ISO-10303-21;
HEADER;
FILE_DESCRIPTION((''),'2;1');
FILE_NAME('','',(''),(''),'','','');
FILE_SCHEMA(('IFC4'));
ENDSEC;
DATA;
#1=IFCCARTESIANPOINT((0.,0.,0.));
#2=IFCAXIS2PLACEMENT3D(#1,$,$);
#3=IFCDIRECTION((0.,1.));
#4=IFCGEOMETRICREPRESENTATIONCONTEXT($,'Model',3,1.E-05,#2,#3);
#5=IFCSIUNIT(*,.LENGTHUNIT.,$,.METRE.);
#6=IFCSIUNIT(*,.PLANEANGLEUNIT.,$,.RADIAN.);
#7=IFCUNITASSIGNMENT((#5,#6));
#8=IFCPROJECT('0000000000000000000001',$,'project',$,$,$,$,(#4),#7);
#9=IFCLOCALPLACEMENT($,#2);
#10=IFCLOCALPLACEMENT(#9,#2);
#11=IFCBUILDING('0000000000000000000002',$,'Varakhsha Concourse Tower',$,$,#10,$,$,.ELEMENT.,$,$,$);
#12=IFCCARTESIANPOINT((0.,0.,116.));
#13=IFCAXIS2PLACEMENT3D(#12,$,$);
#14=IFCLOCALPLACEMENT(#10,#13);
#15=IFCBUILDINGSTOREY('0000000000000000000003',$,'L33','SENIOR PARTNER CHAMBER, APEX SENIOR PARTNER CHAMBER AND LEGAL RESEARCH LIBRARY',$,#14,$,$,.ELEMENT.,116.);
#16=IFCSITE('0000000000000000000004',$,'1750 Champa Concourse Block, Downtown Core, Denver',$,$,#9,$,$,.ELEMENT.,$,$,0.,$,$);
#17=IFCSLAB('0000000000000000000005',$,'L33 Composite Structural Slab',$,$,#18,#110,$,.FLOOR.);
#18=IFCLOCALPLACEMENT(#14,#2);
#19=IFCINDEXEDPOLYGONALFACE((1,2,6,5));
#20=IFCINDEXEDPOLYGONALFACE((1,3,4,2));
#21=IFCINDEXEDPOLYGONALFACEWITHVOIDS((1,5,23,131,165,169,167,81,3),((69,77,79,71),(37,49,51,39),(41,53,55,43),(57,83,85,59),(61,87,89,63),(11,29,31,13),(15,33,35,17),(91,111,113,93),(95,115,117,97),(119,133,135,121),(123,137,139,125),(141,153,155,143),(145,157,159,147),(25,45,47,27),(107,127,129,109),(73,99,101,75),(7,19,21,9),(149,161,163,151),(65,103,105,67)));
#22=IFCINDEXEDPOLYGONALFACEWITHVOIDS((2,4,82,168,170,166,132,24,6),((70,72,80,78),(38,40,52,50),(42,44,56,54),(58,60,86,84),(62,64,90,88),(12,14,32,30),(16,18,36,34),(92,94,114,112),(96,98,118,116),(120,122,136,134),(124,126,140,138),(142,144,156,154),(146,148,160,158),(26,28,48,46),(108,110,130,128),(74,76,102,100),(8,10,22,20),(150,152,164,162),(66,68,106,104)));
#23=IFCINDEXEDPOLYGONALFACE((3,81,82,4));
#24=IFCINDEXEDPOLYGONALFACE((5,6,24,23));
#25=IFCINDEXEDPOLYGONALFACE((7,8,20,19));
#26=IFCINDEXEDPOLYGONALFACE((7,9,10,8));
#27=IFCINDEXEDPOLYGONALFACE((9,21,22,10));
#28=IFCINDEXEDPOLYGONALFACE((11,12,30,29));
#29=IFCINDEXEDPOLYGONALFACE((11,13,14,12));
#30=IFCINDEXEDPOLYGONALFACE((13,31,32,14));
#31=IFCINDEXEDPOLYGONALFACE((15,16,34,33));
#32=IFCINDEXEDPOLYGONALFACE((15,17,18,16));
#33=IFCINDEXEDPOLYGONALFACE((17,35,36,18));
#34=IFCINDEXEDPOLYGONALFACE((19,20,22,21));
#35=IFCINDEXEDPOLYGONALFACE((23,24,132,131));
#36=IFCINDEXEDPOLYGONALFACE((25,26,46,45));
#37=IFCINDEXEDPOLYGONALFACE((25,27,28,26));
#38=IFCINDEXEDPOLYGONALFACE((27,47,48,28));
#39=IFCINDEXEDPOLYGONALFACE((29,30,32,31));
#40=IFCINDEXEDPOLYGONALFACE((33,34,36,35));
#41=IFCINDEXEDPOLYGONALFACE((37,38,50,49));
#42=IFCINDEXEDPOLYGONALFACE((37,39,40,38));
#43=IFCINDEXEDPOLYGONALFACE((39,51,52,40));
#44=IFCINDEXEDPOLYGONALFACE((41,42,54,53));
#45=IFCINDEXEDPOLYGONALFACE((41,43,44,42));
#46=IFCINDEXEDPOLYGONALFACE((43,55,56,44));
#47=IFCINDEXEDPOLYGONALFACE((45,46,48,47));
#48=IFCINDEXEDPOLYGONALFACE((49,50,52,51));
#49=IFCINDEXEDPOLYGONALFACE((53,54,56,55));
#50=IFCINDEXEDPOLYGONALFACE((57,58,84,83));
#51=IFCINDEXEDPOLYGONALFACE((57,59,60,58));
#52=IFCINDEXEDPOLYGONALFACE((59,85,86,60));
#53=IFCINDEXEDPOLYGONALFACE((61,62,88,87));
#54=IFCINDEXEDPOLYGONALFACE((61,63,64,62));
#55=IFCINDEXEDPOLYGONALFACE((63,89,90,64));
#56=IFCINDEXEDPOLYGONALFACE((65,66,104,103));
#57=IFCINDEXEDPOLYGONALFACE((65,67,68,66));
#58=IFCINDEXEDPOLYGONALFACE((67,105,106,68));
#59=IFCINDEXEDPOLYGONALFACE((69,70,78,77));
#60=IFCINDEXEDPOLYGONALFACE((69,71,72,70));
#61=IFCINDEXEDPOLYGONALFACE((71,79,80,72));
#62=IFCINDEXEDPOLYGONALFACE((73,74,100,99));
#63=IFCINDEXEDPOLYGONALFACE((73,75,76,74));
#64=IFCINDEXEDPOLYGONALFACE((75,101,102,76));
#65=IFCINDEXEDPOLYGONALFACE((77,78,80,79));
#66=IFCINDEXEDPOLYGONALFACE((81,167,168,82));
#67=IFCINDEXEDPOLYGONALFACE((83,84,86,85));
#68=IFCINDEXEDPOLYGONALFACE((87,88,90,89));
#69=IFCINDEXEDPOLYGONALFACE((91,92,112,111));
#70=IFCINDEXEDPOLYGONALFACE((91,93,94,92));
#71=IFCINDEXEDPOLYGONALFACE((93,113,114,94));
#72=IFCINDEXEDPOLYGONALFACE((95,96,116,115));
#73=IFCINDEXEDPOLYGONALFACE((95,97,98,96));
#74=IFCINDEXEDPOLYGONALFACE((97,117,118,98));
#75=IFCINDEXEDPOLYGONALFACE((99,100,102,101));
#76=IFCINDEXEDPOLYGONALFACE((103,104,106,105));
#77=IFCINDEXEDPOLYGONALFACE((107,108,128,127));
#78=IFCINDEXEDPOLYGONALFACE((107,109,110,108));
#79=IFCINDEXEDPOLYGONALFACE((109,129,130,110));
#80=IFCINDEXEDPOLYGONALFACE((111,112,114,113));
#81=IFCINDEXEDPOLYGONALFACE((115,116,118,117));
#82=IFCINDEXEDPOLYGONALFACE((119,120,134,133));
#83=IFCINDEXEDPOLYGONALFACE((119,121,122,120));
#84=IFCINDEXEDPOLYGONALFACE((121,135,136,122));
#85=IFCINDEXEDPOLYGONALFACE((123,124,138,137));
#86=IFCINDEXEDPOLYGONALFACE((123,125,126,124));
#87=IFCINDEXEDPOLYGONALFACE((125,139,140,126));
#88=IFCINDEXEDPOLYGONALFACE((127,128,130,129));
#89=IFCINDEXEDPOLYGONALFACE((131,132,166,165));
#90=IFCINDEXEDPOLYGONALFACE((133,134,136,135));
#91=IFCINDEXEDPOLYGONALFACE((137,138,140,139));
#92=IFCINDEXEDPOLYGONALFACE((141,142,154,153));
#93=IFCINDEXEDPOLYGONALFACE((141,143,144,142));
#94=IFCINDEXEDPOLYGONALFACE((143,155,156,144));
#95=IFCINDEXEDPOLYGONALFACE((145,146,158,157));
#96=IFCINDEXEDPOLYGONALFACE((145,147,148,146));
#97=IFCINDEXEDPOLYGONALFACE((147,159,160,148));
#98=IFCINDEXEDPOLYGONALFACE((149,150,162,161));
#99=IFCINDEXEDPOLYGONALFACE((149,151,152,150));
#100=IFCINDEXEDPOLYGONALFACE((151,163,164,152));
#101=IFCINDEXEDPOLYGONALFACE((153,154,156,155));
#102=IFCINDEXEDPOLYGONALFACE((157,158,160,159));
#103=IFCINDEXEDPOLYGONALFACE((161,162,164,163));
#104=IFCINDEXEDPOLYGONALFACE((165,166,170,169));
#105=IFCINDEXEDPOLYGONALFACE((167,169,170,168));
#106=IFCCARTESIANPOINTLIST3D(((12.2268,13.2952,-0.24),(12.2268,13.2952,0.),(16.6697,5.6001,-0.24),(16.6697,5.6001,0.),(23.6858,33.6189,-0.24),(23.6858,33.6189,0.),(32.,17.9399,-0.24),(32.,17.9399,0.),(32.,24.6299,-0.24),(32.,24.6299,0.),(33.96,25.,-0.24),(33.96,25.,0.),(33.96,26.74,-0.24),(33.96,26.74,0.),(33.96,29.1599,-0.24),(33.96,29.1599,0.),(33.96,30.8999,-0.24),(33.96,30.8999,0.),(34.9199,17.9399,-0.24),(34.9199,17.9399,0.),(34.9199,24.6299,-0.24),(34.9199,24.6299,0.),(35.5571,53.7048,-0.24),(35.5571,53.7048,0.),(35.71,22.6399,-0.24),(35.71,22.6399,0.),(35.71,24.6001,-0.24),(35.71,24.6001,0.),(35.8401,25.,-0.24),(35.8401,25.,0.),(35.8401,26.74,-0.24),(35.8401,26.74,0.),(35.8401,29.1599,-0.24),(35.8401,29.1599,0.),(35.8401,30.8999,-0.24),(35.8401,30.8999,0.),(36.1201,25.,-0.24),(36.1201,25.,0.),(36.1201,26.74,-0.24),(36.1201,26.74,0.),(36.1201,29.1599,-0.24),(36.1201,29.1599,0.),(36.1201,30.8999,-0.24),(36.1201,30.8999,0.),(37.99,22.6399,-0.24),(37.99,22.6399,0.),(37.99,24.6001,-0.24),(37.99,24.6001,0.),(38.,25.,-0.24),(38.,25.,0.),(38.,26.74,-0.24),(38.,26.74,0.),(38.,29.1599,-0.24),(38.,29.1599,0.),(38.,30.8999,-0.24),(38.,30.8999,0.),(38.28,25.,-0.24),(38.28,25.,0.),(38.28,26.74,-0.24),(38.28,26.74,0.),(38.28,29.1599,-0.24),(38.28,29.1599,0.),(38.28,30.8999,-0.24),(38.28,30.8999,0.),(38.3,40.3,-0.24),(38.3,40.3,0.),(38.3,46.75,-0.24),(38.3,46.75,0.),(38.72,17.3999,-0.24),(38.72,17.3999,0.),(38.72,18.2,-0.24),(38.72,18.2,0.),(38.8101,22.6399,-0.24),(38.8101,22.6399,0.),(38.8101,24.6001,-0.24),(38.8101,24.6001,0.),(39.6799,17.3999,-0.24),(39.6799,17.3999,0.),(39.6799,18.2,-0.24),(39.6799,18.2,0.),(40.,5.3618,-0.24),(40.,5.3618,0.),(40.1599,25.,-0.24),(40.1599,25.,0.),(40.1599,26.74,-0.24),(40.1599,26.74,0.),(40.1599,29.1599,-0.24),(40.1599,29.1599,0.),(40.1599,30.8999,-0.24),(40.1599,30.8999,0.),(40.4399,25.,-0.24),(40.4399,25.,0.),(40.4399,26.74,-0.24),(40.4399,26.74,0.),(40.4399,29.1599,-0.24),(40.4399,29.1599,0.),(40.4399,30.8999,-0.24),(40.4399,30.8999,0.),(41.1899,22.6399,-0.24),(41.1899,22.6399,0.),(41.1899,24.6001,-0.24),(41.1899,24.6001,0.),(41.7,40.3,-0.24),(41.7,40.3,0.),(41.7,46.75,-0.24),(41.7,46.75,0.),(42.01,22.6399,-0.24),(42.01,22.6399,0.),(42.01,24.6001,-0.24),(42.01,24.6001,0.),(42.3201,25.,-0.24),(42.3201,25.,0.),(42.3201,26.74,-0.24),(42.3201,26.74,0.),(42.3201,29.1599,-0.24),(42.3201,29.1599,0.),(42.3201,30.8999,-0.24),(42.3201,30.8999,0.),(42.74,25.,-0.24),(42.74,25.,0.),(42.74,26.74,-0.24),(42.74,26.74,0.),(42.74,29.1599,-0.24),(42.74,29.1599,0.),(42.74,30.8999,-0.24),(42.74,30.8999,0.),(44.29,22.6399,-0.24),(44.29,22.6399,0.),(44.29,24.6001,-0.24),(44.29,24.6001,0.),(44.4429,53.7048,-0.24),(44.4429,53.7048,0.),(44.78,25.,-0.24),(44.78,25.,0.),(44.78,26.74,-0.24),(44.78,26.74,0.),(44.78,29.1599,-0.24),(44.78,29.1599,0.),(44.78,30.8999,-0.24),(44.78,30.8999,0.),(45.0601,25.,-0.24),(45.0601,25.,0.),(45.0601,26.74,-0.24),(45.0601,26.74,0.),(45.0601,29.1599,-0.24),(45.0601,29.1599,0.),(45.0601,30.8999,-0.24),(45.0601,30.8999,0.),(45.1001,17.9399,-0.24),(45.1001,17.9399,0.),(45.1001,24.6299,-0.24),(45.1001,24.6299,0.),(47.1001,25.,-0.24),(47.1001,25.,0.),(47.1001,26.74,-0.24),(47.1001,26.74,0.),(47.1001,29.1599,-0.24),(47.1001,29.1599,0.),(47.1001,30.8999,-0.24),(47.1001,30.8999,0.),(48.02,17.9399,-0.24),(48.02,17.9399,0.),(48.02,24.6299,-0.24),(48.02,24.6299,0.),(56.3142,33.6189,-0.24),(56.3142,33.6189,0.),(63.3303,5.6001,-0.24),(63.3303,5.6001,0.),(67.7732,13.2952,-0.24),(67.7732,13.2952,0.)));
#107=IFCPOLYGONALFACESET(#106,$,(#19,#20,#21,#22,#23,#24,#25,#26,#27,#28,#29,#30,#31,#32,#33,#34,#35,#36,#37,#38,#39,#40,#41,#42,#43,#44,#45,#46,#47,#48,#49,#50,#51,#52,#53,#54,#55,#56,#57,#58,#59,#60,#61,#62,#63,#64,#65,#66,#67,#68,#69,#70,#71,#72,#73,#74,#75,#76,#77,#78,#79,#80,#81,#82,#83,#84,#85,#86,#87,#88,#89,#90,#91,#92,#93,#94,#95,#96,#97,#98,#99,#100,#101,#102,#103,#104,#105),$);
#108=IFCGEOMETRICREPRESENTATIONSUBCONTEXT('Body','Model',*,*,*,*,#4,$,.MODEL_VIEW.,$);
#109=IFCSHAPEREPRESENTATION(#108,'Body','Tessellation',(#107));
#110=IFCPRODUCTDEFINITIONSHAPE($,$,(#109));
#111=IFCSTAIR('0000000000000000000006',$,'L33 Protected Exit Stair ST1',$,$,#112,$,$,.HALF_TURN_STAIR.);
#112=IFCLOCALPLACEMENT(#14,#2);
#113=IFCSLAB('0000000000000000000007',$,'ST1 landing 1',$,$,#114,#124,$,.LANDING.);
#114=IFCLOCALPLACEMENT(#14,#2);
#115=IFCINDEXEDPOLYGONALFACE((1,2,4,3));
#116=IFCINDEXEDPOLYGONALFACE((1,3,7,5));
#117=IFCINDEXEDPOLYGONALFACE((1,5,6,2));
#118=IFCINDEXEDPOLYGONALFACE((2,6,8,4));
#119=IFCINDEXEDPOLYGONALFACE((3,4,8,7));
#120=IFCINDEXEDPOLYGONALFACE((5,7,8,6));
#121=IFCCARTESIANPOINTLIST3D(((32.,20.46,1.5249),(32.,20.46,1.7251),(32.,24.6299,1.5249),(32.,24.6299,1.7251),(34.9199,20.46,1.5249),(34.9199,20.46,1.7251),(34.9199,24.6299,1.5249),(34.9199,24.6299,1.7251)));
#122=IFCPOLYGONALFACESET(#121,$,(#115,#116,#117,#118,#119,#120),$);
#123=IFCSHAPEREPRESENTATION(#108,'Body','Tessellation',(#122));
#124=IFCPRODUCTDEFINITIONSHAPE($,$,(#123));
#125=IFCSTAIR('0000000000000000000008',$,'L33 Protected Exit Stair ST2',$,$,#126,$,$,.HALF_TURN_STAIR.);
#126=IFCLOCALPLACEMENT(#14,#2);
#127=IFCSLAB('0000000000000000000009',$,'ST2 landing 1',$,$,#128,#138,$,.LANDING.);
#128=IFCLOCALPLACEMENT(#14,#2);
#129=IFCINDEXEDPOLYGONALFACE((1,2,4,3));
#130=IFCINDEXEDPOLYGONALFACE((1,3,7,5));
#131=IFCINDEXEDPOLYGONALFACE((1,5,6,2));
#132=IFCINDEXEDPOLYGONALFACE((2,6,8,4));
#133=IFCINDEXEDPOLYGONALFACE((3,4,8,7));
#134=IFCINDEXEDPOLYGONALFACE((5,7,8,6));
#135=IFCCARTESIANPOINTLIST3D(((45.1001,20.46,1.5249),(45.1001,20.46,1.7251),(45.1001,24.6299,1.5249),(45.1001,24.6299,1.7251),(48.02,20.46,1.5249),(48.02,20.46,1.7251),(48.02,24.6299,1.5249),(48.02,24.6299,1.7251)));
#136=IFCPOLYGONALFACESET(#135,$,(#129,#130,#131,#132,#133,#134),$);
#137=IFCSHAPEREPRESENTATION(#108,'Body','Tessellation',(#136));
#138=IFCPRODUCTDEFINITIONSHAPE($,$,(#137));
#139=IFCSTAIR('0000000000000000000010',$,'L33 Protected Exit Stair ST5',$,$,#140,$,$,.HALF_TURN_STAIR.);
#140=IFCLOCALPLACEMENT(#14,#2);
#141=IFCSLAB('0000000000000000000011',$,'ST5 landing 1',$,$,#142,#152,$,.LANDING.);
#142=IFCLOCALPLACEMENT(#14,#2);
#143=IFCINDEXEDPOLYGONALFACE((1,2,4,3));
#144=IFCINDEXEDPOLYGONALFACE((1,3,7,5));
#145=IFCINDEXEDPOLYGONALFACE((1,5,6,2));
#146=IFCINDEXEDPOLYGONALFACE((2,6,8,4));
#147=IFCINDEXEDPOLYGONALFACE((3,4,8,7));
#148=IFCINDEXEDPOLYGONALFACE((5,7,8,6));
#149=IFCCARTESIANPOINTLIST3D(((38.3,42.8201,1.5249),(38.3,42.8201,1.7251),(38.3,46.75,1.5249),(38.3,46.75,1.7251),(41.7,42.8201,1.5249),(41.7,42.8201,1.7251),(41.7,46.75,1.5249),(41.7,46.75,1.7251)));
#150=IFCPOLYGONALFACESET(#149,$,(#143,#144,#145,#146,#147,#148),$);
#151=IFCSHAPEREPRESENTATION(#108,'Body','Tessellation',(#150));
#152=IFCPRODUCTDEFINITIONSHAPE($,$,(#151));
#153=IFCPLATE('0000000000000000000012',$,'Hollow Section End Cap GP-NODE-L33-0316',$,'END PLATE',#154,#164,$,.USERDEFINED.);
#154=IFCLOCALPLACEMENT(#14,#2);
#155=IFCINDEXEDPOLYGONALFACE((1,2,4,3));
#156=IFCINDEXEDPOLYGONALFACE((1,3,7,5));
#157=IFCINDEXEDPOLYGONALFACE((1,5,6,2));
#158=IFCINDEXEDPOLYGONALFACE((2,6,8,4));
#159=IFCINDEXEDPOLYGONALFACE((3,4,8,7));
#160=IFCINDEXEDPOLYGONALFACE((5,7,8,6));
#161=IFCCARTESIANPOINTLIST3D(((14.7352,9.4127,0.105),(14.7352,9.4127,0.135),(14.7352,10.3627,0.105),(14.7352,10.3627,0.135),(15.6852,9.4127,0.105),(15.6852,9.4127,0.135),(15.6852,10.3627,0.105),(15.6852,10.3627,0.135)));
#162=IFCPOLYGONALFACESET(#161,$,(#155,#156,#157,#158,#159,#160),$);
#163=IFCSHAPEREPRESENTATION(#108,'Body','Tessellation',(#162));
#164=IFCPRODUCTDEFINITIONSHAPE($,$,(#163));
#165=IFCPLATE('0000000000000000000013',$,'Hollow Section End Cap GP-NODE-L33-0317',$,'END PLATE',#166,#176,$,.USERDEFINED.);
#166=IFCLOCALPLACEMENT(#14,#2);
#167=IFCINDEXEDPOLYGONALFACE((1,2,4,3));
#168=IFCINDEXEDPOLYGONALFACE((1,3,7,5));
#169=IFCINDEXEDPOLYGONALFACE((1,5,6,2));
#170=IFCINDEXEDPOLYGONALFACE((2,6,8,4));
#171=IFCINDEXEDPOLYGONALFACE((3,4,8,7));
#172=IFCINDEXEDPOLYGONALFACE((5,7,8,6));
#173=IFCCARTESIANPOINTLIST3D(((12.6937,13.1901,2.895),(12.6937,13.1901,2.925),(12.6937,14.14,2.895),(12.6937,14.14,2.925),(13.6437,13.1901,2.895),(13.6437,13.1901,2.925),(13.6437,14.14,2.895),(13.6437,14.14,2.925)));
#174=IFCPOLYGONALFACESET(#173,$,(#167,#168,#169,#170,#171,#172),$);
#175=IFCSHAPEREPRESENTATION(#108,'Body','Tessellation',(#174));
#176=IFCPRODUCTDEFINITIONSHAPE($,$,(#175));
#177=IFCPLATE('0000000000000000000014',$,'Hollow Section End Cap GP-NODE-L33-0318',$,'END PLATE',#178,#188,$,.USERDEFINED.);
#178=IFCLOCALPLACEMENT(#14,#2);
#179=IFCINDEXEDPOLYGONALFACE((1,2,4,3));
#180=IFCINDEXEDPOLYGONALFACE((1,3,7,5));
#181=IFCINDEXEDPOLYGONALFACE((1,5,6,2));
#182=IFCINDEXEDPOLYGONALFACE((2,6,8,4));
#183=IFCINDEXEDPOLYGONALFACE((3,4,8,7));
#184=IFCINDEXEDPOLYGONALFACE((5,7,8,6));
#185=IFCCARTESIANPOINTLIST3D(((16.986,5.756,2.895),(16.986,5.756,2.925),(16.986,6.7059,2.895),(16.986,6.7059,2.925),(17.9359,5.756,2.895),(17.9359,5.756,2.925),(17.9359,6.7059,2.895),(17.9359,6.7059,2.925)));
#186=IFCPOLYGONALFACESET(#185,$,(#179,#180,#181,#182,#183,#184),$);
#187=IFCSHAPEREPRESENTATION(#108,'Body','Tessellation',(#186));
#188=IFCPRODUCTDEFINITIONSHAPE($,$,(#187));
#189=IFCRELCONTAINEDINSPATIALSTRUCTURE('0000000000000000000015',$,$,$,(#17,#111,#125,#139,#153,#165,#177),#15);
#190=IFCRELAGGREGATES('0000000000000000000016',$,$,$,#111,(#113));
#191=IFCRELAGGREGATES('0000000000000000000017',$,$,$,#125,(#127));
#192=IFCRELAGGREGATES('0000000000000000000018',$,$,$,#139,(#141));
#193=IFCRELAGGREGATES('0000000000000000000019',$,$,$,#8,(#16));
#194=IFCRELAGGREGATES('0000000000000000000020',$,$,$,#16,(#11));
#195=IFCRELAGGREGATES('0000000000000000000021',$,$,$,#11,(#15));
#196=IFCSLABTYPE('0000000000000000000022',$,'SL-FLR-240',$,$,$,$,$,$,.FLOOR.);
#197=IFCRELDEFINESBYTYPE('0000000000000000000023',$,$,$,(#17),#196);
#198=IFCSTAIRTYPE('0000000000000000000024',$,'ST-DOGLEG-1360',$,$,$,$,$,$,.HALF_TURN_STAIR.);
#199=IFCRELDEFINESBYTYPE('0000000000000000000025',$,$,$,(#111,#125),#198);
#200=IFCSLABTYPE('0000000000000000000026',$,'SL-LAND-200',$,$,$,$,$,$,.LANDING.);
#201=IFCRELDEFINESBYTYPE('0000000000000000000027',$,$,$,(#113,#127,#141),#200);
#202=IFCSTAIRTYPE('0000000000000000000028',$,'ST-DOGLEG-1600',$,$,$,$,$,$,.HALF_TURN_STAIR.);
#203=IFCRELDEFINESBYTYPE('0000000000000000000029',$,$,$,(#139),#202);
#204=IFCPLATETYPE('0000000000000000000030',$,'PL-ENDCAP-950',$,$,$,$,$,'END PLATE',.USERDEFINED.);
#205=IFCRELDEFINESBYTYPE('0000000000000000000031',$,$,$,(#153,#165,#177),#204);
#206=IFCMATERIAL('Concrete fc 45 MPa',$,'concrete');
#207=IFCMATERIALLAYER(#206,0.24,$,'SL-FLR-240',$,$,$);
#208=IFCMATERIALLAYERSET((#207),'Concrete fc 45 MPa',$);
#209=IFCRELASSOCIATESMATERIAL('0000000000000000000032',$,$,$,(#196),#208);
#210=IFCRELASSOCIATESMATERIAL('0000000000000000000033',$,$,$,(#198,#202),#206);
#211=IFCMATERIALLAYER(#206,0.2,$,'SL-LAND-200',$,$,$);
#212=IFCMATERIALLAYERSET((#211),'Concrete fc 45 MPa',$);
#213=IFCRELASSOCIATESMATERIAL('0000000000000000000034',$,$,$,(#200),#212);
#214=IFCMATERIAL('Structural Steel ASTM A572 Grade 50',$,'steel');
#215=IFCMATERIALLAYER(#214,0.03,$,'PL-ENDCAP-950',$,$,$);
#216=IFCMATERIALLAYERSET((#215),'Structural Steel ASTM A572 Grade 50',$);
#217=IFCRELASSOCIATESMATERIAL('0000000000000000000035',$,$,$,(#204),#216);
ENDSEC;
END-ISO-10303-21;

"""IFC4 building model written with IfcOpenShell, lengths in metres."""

from ifc_helpers import new_model, si_unit, direction, frame, origin, origin_2d, place, context, subcontext, project, spatial, polyline, rectangle, outline, extrude, source, transform, mapped, material, layer, layer_set, type_object, type_shapes, element, aggregate, save


model = new_model("IFC4")

# Units and contexts
model_context = context("Model", 3, precision=1e-05, world=origin(), true_north=direction((0.0, 1.0)))
body_context = subcontext(model_context, "Body", "Model", "MODEL_VIEW")
ifc_project = project(units=[si_unit("LENGTHUNIT", "METRE"), si_unit("PLANEANGLEUNIT", "RADIAN")], contexts=[model_context])

# Site, building, storey
site_placement = place(None, origin())
site = spatial("IfcSite", under=ifc_project, at=site_placement, Name="1750 Champa Concourse Block, Downtown Core, Denver", CompositionType="ELEMENT", RefElevation=0.0)
building_placement = place(site_placement, origin())
building = spatial("IfcBuilding", under=site, at=building_placement, Name="Varakhsha Concourse Tower", CompositionType="ELEMENT")
storey_placement = place(building_placement, frame((0.0, 0.0, 116.0)))
storey = spatial("IfcBuildingStorey", under=building, at=storey_placement, Name="L33", Description="SENIOR PARTNER CHAMBER, APEX SENIOR PARTNER CHAMBER AND LEGAL RESEARCH LIBRARY", CompositionType="ELEMENT", Elevation=116.0)

# Shared definitions
ifc_material_1 = material(Name="Structural Steel ASTM A572 Grade 50", Category="steel")

# Slab
ifc_material_2 = material(Name="Concrete fc 45 MPa", Category="concrete")
ifc_layer_1 = layer(ifc_material_2, 0.24, Name="SL-FLR-240")
ifc_layer_set_1 = layer_set([ifc_layer_1], Name="Concrete fc 45 MPa")
slab_type_1 = type_object("IfcSlabType", Name="SL-FLR-240", PredefinedType="FLOOR", material=ifc_layer_set_1)
slab_1_placement = place(storey_placement, frame((0.0, 0.0, -0.24)))
element("IfcSlab", 1, at=slab_1_placement, inside=storey, type_object=slab_type_1, Name="L33 Composite Structural Slab", PredefinedType="FLOOR", context=body_context, shape_type="SweptSolid", body=[
    extrude(outline(polyline([(44.4429, 53.7048), (35.5571, 53.7048), (23.6858, 33.6189), (12.2268, 13.2952), (16.6697, 5.6001), (40.0, 5.3618), (63.3303, 5.6001), (67.7732, 13.2952), (56.3142, 33.6189), (44.4429, 53.7048)]), holes=[polyline([(34.9199, 17.9399), (34.9199, 24.6299), (32.0, 24.6299), (32.0, 17.9399), (34.9199, 17.9399)]), polyline([(48.02, 17.9399), (48.02, 24.6299), (45.1001, 24.6299), (45.1001, 17.9399), (48.02, 17.9399)]), polyline([(41.7, 40.3), (41.7, 46.75), (38.3, 46.75), (38.3, 40.3), (41.7, 40.3)]), polyline([(33.96, 29.1599), (35.8401, 29.1599), (35.8401, 30.8999), (33.96, 30.8999), (33.96, 29.1599)]), polyline([(36.1201, 29.1599), (38.0, 29.1599), (38.0, 30.8999), (36.1201, 30.8999), (36.1201, 29.1599)]), polyline([(38.28, 29.1599), (40.1599, 29.1599), (40.1599, 30.8999), (38.28, 30.8999), (38.28, 29.1599)]), polyline([(40.4399, 29.1599), (42.3201, 29.1599), (42.3201, 30.8999), (40.4399, 30.8999), (40.4399, 29.1599)]), polyline([(33.96, 25.0), (35.8401, 25.0), (35.8401, 26.74), (33.96, 26.74), (33.96, 25.0)]), polyline([(36.1201, 25.0), (38.0, 25.0), (38.0, 26.74), (36.1201, 26.74), (36.1201, 25.0)]), polyline([(38.28, 25.0), (40.1599, 25.0), (40.1599, 26.74), (38.28, 26.74), (38.28, 25.0)]), polyline([(40.4399, 25.0), (42.3201, 25.0), (42.3201, 26.74), (40.4399, 26.74), (40.4399, 25.0)]), polyline([(42.74, 29.1599), (44.78, 29.1599), (44.78, 30.8999), (42.74, 30.8999), (42.74, 29.1599)]), polyline([(45.0601, 29.1599), (47.1001, 29.1599), (47.1001, 30.8999), (45.0601, 30.8999), (45.0601, 29.1599)]), polyline([(42.74, 25.0), (44.78, 25.0), (44.78, 26.74), (42.74, 26.74), (42.74, 25.0)]), polyline([(45.0601, 25.0), (47.1001, 25.0), (47.1001, 26.74), (45.0601, 26.74), (45.0601, 25.0)]), polyline([(35.71, 22.6399), (37.99, 22.6399), (37.99, 24.6001), (35.71, 24.6001), (35.71, 22.6399)]), polyline([(42.01, 22.6399), (44.29, 22.6399), (44.29, 24.6001), (42.01, 24.6001), (42.01, 22.6399)]), polyline([(38.8101, 22.6399), (41.1899, 22.6399), (41.1899, 24.6001), (38.8101, 24.6001), (38.8101, 22.6399)]), polyline([(38.72, 17.3999), (39.6799, 17.3999), (39.6799, 18.2), (38.72, 18.2), (38.72, 17.3999)])]), origin(), (0.0, 0.0, 1.0), 0.24),
])

# Stairs, slabs
stair_type_1 = type_object("IfcStairType", Name="ST-DOGLEG-1360", PredefinedType="HALF_TURN_STAIR", material=ifc_material_2)
stair_1_placement = place(storey_placement, origin())
stair_1 = element("IfcStair", 2, at=stair_1_placement, inside=storey, type_object=stair_type_1, Name="L33 Protected Exit Stair ST1", PredefinedType="HALF_TURN_STAIR")
ifc_layer_2 = layer(ifc_material_2, 0.2, Name="SL-LAND-200")
ifc_layer_set_2 = layer_set([ifc_layer_2], Name="Concrete fc 45 MPa")
slab_type_2 = type_object("IfcSlabType", Name="SL-LAND-200", PredefinedType="LANDING", material=ifc_layer_set_2)
slab_2_placement = place(storey_placement, frame((0.0, 0.0, 1.5249)))
slab_2 = element("IfcSlab", 3, at=slab_2_placement, type_object=slab_type_2, Name="ST1 landing 1", PredefinedType="LANDING", context=body_context, shape_type="SweptSolid", body=[
    extrude(outline(polyline([(34.9199, 20.46), (34.9199, 24.6299), (32.0, 24.6299), (32.0, 20.46), (34.9199, 20.46)])), origin(), (0.0, 0.0, 1.0), 0.2002),
])
aggregate(stair_1, [slab_2])
stair_2_placement = place(storey_placement, origin())
stair_2 = element("IfcStair", 4, at=stair_2_placement, inside=storey, type_object=stair_type_1, Name="L33 Protected Exit Stair ST2", PredefinedType="HALF_TURN_STAIR")
slab_3_placement = place(storey_placement, frame((0.0, 0.0, 1.5249)))
slab_3 = element("IfcSlab", 5, at=slab_3_placement, type_object=slab_type_2, Name="ST2 landing 1", PredefinedType="LANDING", context=body_context, shape_type="SweptSolid", body=[
    extrude(outline(polyline([(48.02, 20.46), (48.02, 24.6299), (45.1001, 24.6299), (45.1001, 20.46), (48.02, 20.46)])), origin(), (0.0, 0.0, 1.0), 0.2002),
])
aggregate(stair_2, [slab_3])
stair_type_2 = type_object("IfcStairType", Name="ST-DOGLEG-1600", PredefinedType="HALF_TURN_STAIR", material=ifc_material_2)
stair_3_placement = place(storey_placement, origin())
stair_3 = element("IfcStair", 6, at=stair_3_placement, inside=storey, type_object=stair_type_2, Name="L33 Protected Exit Stair ST5", PredefinedType="HALF_TURN_STAIR")
slab_4_placement = place(storey_placement, frame((0.0, 0.0, 1.5249)))
slab_4 = element("IfcSlab", 7, at=slab_4_placement, type_object=slab_type_2, Name="ST5 landing 1", PredefinedType="LANDING", context=body_context, shape_type="SweptSolid", body=[
    extrude(outline(polyline([(41.7, 42.8201), (41.7, 46.75), (38.3, 46.75), (38.3, 42.8201), (41.7, 42.8201)])), origin(), (0.0, 0.0, 1.0), 0.2002),
])
aggregate(stair_3, [slab_4])

# Plates
ifc_layer_3 = layer(ifc_material_1, 0.03, Name="PL-ENDCAP-950")
ifc_layer_set_3 = layer_set([ifc_layer_3], Name="Structural Steel ASTM A572 Grade 50")
plate_type_1 = type_object("IfcPlateType", Name="PL-ENDCAP-950", ElementType="END PLATE", PredefinedType="USERDEFINED", material=ifc_layer_set_3)
shared_shape_1 = source(origin(), body_context, "Body", "SweptSolid", [
    extrude(rectangle(XDim=0.95, YDim=0.95, at=origin_2d()), origin(), (0.0, 0.0, 1.0), 0.03),
])
type_shapes(plate_type_1, [shared_shape_1])
for number, where, z_axis, x_axis, name in (
    (8, (15.2102, 9.8877, 0.105), (0.0, 0.0, 1.0), (1.0, 0.0, 0.0), "Hollow Section End Cap GP-NODE-L33-0316"),
    (9, (13.1687, 13.665, 2.895), (0.0, 0.0, 1.0), (1.0, 0.0, 0.0), "Hollow Section End Cap GP-NODE-L33-0317"),
    (10, (17.4609, 6.231, 2.895), (0.0, 0.0, 1.0), (1.0, 0.0, 0.0), "Hollow Section End Cap GP-NODE-L33-0318"),
):
    element("IfcPlate", number, at=place(storey_placement, frame(where, z_axis=z_axis, x_axis=x_axis)), inside=storey, type_object=plate_type_1, Name=name, ObjectType="END PLATE", PredefinedType="USERDEFINED", context=body_context, shape_type="MappedRepresentation", body=[
        mapped(shared_shape_1, transform((0.0, 0.0, 0.0), scale=1.0)),
    ])

save(model, "model.ifc")
